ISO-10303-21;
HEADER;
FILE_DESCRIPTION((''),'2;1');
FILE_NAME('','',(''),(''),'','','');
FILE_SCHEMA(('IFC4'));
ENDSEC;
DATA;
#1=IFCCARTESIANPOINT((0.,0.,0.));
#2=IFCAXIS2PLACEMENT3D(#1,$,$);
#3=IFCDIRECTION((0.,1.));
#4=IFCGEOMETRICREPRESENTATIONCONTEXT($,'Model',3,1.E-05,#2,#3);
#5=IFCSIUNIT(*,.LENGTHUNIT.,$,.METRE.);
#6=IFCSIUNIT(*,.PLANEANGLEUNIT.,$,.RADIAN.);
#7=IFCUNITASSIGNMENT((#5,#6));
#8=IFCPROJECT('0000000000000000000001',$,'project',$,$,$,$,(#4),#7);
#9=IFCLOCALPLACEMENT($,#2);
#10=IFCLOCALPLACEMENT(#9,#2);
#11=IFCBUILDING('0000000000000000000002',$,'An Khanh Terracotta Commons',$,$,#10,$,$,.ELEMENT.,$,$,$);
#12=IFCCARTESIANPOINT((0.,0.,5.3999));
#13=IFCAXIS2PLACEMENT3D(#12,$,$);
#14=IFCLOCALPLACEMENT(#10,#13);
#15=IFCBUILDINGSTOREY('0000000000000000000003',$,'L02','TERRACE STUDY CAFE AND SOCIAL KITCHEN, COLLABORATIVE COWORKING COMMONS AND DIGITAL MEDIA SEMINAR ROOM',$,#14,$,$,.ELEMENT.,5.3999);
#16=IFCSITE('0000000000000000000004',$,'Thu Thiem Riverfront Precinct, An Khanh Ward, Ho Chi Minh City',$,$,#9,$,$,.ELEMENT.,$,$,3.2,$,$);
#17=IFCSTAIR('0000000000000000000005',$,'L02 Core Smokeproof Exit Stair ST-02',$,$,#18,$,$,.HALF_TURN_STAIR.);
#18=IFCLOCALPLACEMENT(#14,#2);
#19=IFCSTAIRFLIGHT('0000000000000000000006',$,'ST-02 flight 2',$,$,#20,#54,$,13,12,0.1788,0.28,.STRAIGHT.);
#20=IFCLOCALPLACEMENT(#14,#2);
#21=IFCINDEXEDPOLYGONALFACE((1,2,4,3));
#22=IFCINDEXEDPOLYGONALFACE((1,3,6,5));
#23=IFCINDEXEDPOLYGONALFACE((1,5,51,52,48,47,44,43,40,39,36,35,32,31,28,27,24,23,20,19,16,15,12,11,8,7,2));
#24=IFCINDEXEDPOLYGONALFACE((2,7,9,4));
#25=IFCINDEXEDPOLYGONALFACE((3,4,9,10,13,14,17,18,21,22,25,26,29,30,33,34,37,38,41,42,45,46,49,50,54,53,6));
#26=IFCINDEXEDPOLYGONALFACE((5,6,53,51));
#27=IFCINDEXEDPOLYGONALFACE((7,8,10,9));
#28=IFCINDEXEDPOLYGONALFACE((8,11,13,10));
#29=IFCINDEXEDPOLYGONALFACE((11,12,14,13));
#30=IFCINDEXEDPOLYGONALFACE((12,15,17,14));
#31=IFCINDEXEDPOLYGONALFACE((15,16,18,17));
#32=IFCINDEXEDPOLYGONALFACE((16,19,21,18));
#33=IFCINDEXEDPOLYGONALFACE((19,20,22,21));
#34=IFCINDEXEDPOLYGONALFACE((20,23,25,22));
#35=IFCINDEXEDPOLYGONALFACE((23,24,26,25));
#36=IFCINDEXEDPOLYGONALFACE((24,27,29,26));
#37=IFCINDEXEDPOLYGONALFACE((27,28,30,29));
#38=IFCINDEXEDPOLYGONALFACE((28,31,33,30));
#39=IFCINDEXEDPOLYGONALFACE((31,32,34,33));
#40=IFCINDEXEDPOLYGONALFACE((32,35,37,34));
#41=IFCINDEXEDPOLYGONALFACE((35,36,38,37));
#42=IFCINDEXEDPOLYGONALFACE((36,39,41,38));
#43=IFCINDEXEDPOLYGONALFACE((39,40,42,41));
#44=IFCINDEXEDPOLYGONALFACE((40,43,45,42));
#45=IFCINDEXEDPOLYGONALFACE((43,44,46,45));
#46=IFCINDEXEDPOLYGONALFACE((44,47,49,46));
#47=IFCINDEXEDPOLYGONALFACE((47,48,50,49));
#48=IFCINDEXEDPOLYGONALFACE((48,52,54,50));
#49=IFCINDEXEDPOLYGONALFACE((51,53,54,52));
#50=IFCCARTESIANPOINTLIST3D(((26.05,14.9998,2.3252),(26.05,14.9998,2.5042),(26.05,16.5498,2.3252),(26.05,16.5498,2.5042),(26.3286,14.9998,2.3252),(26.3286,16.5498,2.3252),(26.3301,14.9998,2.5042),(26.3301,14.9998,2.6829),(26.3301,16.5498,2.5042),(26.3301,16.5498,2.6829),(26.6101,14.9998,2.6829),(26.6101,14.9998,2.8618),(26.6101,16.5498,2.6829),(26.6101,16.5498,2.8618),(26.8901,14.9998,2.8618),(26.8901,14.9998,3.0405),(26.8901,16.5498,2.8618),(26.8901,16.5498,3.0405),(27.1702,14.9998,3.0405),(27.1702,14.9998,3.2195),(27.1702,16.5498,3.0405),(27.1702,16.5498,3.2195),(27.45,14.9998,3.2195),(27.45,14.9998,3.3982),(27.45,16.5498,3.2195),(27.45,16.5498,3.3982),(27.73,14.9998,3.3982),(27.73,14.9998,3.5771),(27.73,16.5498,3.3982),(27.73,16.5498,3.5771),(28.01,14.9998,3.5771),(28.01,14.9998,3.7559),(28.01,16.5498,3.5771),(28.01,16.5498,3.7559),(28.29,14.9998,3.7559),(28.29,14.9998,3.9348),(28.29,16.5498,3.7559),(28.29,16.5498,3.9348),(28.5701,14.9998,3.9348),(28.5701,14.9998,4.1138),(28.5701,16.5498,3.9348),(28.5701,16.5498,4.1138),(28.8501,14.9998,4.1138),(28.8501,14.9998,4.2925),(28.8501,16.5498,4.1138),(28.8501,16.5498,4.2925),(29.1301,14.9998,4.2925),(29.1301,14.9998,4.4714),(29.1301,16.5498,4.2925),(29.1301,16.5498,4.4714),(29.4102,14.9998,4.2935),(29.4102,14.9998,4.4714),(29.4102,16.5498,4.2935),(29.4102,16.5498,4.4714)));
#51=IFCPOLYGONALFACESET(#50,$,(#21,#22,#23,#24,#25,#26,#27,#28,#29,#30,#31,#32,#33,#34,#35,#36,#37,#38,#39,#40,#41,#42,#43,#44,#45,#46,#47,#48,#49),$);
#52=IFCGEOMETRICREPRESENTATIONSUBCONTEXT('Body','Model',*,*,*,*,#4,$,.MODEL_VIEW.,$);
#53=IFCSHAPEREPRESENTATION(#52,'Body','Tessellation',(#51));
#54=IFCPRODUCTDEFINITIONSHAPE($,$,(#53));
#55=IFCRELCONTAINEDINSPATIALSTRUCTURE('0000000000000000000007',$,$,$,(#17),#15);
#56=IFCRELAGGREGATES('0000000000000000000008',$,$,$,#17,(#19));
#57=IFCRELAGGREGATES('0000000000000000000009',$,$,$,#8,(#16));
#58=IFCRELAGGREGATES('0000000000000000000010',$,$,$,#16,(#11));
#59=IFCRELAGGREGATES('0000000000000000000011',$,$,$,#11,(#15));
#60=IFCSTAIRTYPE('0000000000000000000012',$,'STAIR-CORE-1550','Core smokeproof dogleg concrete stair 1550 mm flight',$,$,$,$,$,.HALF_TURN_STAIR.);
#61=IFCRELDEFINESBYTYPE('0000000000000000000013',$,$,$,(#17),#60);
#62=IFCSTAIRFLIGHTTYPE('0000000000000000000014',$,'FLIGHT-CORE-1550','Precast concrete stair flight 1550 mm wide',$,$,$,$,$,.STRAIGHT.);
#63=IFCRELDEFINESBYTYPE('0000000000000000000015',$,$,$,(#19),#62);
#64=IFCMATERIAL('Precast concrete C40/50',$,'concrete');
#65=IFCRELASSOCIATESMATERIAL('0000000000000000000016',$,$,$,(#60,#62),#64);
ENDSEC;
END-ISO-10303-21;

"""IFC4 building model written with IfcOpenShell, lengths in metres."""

from ifc_helpers import new_model, si_unit, direction, frame, origin, place, context, subcontext, project, spatial, polyline, outline, extrude, material, type_object, element, aggregate, save


model = new_model("IFC4")

# Units and contexts
model_context = context("Model", 3, precision=1e-05, world=origin(), true_north=direction((0.0, 1.0)))
body_context = subcontext(model_context, "Body", "Model", "MODEL_VIEW")
ifc_project = project(units=[si_unit("LENGTHUNIT", "METRE"), si_unit("PLANEANGLEUNIT", "RADIAN")], contexts=[model_context])

# Site, building, storey
site_placement = place(None, origin())
site = spatial("IfcSite", under=ifc_project, at=site_placement, Name="Thu Thiem Riverfront Precinct, An Khanh Ward, Ho Chi Minh City", CompositionType="ELEMENT", RefElevation=3.2)
building_placement = place(site_placement, origin())
building = spatial("IfcBuilding", under=site, at=building_placement, Name="An Khanh Terracotta Commons", CompositionType="ELEMENT")
storey_placement = place(building_placement, frame((0.0, 0.0, 5.3999)))
storey = spatial("IfcBuildingStorey", under=building, at=storey_placement, Name="L02", Description="TERRACE STUDY CAFE AND SOCIAL KITCHEN, COLLABORATIVE COWORKING COMMONS AND DIGITAL MEDIA SEMINAR ROOM", CompositionType="ELEMENT", Elevation=5.3999)

# Stair, stair flight
ifc_material_1 = material(Name="Precast concrete C40/50", Category="concrete")
stair_type = type_object("IfcStairType", Name="STAIR-CORE-1550", Description="Core smokeproof dogleg concrete stair 1550 mm flight", PredefinedType="HALF_TURN_STAIR", material=ifc_material_1)
stair_placement = place(storey_placement, origin())
stair = element("IfcStair", 1, at=stair_placement, inside=storey, type_object=stair_type, Name="L02 Core Smokeproof Exit Stair ST-02", PredefinedType="HALF_TURN_STAIR")
stair_flight_type = type_object("IfcStairFlightType", Name="FLIGHT-CORE-1550", Description="Precast concrete stair flight 1550 mm wide", PredefinedType="STRAIGHT", material=ifc_material_1)
stair_flight_placement = place(storey_placement, frame((26.05, 15.7749, 2.3252), z_axis=(0.0, 0.0, 1.0), x_axis=(1.0, 0.0, 0.0)))
stair_flight = element("IfcStairFlight", 2, at=stair_flight_placement, type_object=stair_flight_type, Name="ST-02 flight 2", NumberOfRisers=13, NumberOfTreads=12, PredefinedType="STRAIGHT", RiserHeight=0.1788, TreadLength=0.28, context=body_context, shape_type="SweptSolid", body=[
    extrude(outline(polyline([(0.0, 0.0), (0.0, 0.179), (0.28, 0.179), (0.28, 0.3577), (0.5601, 0.3577), (0.5601, 0.5366), (0.8401, 0.5366), (0.8401, 0.7153), (1.1201, 0.7153), (1.1201, 0.8943), (1.3999, 0.8943), (1.3999, 1.073), (1.6799, 1.073), (1.6799, 1.252), (1.96, 1.252), (1.96, 1.4307), (2.24, 1.4307), (2.24, 1.6096), (2.52, 1.6096), (2.52, 1.7886), (2.8, 1.7886), (2.8, 1.9673), (3.0801, 1.9673), (3.0801, 2.1462), (3.3601, 2.1462), (3.3601, 2.325), (3.3601, 1.9683), (0.2786, 0.0), (0.0, 0.0)])), frame((0.0, 0.7749, 0.0), z_axis=(0.0, -1.0, 0.0), x_axis=(1.0, 0.0, 0.0)), (0.0, 0.0, 1.0), 1.55),
])
aggregate(stair, [stair_flight])

save(model, "model.ifc")
